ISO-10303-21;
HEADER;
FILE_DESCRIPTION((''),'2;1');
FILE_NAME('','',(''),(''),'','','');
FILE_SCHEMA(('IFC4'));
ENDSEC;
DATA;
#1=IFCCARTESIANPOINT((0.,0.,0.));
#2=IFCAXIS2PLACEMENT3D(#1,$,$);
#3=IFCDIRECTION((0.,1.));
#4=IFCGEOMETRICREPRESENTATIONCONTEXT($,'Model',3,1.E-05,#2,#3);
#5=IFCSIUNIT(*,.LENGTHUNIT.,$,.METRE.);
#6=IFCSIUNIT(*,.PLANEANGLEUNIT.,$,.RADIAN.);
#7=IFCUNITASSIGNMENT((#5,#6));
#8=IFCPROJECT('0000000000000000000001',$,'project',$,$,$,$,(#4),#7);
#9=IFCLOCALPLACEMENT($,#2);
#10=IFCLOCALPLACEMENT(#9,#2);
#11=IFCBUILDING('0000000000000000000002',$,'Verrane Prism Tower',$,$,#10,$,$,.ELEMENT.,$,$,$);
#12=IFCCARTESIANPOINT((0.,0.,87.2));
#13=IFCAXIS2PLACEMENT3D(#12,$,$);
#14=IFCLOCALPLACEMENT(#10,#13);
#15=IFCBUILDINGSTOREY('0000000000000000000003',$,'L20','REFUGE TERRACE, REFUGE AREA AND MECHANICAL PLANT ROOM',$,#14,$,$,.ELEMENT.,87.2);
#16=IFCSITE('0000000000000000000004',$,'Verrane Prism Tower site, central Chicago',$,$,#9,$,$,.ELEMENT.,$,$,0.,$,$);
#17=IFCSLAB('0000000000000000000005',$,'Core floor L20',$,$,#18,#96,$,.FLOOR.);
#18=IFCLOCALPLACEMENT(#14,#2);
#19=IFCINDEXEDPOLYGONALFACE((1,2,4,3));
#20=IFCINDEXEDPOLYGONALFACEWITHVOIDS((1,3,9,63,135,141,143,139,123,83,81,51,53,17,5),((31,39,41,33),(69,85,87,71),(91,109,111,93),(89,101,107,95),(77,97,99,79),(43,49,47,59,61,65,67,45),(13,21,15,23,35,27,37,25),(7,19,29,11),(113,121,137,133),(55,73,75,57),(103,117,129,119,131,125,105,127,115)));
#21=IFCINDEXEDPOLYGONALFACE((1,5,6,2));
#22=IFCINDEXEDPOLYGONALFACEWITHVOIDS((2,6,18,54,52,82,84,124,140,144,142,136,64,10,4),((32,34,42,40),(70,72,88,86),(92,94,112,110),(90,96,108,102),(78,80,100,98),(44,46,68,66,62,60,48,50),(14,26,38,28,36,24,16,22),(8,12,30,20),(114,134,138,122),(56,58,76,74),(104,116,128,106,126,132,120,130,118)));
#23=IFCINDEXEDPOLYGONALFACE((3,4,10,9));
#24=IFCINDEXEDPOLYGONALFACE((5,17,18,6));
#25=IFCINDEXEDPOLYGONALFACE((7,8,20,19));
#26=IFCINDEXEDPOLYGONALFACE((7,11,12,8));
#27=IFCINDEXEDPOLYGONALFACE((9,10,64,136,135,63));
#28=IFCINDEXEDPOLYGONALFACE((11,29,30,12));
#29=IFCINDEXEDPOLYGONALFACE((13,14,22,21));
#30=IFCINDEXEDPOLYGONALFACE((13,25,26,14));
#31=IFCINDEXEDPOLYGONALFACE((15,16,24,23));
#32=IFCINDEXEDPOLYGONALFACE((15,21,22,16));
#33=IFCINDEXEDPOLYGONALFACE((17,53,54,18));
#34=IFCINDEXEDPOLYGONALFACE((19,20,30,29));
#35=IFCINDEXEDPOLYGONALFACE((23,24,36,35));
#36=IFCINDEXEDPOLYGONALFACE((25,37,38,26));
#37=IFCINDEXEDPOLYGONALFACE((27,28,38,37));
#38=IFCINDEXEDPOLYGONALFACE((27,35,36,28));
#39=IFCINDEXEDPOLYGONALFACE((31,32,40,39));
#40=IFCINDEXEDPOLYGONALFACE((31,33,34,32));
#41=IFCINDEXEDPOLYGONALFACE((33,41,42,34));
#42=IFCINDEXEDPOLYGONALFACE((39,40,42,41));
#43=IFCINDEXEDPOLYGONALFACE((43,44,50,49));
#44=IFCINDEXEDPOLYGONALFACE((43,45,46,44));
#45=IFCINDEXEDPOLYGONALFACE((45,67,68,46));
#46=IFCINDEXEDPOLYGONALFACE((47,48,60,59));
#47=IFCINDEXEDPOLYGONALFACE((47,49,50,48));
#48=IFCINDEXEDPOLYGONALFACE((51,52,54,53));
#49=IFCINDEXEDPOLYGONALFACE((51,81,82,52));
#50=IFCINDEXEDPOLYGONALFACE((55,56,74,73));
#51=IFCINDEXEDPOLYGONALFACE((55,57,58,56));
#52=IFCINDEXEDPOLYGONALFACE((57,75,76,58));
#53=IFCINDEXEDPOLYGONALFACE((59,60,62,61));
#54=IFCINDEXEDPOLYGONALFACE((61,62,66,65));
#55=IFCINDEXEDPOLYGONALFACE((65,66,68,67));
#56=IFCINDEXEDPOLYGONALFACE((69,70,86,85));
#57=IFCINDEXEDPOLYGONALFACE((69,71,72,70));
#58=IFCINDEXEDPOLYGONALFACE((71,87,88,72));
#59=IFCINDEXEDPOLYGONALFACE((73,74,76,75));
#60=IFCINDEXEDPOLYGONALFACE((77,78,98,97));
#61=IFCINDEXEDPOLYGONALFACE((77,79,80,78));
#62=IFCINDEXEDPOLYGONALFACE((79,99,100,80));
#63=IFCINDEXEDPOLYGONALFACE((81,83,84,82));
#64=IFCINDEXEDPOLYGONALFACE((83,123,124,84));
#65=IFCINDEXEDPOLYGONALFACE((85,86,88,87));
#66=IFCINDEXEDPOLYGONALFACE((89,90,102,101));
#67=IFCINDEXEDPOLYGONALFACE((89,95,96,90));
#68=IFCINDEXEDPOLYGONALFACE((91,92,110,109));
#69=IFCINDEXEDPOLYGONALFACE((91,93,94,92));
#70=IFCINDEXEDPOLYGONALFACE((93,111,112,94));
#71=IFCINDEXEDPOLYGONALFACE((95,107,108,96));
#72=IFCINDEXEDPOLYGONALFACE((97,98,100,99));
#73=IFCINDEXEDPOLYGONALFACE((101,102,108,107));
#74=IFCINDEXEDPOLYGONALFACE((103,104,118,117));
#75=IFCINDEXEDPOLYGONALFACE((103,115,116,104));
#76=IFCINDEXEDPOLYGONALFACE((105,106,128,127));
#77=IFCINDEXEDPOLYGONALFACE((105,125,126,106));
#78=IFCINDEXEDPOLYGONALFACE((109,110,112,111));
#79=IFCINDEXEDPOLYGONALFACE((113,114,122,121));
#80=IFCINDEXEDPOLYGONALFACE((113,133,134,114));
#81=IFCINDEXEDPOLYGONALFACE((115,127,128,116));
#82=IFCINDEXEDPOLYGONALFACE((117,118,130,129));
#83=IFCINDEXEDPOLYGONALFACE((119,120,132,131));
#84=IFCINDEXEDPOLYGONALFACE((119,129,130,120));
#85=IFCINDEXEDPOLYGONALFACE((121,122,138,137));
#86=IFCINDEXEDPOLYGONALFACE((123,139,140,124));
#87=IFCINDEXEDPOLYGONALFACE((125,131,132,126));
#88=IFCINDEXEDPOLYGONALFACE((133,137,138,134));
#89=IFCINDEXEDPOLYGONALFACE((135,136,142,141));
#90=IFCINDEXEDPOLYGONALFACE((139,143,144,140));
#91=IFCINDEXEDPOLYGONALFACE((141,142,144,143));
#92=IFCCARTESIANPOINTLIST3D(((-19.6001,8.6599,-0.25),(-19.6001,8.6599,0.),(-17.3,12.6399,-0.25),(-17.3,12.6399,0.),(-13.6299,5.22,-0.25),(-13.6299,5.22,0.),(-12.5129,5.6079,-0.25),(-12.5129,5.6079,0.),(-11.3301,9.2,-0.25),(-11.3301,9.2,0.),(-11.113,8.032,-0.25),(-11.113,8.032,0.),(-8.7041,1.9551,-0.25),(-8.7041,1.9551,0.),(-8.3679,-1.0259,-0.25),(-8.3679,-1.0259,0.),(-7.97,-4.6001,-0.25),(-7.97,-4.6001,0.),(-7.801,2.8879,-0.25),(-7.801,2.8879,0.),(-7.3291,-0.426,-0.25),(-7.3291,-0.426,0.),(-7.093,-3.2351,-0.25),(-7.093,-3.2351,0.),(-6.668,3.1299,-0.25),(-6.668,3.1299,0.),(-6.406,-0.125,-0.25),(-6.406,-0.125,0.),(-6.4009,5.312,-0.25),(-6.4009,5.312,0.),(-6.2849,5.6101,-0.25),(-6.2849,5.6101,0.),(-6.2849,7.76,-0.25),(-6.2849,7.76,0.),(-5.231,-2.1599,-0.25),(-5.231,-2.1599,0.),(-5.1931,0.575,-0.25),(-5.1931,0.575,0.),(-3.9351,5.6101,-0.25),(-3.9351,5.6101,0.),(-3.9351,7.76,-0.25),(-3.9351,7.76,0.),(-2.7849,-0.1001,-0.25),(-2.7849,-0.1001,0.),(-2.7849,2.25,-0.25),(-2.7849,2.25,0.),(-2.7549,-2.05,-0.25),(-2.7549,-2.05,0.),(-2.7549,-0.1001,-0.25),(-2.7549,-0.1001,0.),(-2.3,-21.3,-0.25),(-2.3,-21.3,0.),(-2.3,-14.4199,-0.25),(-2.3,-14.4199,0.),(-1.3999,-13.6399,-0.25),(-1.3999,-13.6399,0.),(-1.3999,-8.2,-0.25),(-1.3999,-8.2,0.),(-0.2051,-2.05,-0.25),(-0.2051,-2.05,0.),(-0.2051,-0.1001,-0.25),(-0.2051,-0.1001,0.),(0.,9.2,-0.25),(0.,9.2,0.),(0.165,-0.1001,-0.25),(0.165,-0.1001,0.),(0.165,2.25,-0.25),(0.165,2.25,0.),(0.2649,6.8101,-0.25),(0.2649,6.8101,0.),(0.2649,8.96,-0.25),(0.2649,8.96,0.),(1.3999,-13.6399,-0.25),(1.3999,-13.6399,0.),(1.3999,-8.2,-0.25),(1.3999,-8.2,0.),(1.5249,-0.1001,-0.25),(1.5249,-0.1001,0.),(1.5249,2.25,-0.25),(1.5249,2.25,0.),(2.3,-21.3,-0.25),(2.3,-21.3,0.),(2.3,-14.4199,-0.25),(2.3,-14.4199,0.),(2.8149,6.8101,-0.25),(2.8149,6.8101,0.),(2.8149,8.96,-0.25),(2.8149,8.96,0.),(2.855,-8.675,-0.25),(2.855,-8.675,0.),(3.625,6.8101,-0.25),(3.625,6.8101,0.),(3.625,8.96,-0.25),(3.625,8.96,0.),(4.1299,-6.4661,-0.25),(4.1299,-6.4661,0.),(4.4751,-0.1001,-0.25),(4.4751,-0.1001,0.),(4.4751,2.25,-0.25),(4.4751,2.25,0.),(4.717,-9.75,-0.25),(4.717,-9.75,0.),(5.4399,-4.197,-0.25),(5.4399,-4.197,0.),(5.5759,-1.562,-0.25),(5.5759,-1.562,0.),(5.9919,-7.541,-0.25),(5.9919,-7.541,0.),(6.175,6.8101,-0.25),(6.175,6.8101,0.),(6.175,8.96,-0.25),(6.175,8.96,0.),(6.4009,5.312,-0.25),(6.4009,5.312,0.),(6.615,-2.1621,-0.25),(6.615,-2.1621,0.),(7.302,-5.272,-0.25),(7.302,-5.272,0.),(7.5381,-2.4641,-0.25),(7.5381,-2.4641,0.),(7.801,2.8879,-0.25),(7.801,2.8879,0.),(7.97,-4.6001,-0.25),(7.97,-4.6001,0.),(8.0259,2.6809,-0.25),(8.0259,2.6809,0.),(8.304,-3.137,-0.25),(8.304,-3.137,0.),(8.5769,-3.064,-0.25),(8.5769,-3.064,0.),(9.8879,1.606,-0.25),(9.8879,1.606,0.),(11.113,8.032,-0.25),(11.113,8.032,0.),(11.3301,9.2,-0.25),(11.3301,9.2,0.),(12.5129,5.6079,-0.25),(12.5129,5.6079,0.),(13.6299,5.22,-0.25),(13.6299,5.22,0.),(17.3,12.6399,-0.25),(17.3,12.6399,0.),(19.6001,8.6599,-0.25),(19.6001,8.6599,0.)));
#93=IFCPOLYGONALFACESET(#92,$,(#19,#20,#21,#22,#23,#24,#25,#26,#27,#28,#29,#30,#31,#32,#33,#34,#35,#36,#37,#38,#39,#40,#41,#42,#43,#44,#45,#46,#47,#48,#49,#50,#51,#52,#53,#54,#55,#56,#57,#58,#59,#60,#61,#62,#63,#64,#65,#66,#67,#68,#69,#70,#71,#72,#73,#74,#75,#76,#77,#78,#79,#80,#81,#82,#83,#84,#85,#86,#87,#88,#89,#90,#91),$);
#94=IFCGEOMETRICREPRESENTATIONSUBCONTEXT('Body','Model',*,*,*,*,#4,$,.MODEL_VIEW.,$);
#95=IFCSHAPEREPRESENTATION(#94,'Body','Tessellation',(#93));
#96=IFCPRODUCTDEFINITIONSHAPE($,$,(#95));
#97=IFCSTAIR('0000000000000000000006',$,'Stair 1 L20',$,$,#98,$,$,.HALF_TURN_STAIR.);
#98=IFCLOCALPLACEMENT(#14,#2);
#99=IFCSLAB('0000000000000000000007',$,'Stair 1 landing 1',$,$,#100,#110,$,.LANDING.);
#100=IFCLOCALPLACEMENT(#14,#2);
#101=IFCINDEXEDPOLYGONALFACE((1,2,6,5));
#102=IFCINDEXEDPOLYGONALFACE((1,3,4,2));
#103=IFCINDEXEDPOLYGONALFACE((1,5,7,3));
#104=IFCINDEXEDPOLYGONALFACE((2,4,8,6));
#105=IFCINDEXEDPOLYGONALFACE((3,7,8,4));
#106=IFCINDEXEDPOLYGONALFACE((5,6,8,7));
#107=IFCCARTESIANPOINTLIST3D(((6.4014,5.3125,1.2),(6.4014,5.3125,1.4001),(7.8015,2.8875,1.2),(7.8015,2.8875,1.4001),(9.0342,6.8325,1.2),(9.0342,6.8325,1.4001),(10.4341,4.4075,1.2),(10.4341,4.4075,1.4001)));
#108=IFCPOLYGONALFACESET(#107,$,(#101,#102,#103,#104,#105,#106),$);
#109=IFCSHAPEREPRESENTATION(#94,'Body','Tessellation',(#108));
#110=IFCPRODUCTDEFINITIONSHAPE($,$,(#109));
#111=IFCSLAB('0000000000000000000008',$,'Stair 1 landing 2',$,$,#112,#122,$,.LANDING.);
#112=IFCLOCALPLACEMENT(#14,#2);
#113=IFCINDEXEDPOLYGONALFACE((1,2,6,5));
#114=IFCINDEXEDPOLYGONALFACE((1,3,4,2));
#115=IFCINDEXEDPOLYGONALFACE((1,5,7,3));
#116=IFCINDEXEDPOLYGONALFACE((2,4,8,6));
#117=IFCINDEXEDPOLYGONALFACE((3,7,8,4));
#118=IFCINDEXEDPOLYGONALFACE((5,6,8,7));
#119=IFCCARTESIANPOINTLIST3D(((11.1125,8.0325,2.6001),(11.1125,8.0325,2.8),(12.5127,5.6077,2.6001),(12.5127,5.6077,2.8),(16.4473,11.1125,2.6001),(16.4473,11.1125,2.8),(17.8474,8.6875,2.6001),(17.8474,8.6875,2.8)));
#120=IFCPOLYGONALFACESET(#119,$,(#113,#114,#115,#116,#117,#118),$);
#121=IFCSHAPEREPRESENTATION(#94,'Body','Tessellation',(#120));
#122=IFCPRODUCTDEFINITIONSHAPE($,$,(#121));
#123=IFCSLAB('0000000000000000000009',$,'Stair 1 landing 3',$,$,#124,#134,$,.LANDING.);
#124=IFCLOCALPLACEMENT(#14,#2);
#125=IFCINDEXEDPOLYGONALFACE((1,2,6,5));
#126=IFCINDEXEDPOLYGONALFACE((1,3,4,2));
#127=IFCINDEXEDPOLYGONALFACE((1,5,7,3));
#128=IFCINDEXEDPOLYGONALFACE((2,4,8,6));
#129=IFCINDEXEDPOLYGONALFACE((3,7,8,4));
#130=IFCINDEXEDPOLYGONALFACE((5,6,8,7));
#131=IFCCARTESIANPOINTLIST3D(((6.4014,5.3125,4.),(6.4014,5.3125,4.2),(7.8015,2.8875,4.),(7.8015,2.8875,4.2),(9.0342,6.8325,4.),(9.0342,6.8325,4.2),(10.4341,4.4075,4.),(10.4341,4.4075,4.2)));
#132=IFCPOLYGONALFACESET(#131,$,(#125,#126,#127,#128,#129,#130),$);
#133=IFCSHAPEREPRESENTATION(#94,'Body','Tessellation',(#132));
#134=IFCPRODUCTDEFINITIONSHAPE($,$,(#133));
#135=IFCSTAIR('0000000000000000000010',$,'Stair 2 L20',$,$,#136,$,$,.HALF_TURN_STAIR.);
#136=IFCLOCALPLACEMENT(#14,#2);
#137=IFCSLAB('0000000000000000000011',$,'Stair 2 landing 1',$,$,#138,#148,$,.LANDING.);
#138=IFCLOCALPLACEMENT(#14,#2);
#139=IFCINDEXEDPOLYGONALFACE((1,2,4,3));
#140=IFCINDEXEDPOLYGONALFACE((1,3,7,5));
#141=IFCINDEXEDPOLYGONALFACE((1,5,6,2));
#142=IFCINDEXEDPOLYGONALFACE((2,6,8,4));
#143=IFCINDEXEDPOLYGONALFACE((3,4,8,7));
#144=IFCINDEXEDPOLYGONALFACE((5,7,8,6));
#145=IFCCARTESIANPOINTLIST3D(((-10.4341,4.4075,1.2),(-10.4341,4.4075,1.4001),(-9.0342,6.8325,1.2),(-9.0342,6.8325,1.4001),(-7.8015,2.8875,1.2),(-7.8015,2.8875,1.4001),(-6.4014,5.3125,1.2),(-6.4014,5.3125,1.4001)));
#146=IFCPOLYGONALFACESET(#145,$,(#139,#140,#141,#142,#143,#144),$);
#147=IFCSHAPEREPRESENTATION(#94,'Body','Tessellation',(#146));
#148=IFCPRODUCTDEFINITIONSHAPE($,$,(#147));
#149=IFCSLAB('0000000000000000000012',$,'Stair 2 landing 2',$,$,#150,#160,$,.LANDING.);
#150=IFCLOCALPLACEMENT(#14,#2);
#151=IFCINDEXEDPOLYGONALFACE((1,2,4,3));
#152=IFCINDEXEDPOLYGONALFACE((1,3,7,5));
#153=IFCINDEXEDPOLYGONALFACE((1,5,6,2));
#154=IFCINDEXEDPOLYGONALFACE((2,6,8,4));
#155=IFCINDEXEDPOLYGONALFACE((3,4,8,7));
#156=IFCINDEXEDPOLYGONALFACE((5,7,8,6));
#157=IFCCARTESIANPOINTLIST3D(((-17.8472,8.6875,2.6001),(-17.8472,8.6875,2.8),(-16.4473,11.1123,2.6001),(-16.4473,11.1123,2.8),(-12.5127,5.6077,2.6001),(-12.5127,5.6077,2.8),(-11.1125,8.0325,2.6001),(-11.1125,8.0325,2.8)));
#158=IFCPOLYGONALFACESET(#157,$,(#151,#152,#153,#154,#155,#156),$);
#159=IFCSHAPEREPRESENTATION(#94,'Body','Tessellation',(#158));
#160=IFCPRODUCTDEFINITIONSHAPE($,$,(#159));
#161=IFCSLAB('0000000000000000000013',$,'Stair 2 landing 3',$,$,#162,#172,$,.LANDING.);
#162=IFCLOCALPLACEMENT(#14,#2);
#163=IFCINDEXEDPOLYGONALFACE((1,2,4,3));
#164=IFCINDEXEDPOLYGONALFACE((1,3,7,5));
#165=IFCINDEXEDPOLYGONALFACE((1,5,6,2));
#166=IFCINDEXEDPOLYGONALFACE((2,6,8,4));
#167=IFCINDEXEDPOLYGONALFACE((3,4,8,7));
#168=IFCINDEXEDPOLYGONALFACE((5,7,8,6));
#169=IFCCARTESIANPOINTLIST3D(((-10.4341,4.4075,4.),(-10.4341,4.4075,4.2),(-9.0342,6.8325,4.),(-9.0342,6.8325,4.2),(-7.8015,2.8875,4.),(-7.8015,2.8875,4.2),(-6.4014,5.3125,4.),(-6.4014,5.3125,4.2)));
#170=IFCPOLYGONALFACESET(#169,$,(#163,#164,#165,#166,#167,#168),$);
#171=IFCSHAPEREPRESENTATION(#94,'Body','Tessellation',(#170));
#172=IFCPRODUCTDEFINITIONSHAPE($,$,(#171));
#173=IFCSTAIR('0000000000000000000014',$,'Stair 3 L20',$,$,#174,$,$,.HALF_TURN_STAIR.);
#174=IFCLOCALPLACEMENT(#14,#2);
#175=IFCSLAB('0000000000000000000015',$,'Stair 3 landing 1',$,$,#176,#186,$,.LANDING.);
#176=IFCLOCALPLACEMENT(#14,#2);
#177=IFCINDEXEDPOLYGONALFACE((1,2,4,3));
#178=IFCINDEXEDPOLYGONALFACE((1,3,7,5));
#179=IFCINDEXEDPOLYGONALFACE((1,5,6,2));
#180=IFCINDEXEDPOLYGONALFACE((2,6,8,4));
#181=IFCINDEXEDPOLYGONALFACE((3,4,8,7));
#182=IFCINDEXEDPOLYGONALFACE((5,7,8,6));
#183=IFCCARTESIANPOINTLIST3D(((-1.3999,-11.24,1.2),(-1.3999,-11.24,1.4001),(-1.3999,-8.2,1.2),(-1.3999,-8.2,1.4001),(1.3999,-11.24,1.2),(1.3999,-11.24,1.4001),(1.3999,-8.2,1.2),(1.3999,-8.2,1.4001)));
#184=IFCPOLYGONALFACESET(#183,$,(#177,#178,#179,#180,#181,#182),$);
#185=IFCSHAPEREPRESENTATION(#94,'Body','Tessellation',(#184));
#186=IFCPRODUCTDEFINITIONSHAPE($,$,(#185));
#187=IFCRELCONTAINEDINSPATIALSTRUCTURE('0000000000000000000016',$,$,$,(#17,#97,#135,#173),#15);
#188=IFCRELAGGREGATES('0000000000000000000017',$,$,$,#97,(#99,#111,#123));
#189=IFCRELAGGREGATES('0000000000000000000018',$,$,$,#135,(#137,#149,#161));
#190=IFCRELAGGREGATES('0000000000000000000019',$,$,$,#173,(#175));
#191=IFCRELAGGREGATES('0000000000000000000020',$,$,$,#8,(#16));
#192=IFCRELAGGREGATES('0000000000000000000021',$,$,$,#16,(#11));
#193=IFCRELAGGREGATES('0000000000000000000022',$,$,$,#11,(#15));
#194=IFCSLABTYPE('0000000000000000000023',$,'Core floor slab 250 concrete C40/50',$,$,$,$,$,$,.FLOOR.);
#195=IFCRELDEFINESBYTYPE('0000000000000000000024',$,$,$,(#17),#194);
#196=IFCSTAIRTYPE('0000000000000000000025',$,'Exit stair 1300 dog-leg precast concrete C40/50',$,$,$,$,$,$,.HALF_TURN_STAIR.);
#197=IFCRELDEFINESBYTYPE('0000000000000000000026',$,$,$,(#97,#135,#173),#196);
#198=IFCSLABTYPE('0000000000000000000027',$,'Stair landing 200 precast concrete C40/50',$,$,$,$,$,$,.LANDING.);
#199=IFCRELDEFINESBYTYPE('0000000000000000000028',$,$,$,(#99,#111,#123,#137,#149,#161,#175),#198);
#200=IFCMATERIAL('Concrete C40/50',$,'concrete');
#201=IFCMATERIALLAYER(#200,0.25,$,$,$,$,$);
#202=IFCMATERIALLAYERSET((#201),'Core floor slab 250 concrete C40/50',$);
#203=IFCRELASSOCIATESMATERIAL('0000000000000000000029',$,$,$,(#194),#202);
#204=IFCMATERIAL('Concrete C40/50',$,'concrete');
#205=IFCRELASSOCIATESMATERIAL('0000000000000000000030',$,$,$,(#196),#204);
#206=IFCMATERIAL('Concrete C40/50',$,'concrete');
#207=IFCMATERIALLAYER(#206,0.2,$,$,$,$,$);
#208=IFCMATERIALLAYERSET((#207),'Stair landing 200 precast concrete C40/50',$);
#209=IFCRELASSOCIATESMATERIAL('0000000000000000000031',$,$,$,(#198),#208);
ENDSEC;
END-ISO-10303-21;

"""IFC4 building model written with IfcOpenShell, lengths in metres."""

from ifc_helpers import new_model, si_unit, direction, frame, origin, place, context, subcontext, project, spatial, polyline, outline, extrude, material, layer, layer_set, type_object, element, aggregate, save


model = new_model("IFC4")

# Units and contexts
model_context = context("Model", 3, precision=1e-05, world=origin(), true_north=direction((0.0, 1.0)))
body_context = subcontext(model_context, "Body", "Model", "MODEL_VIEW")
ifc_project = project(units=[si_unit("LENGTHUNIT", "METRE"), si_unit("PLANEANGLEUNIT", "RADIAN")], contexts=[model_context])

# Site, building, storey
site_placement = place(None, origin())
site = spatial("IfcSite", under=ifc_project, at=site_placement, Name="Verrane Prism Tower site, central Chicago", CompositionType="ELEMENT", RefElevation=0.0)
building_placement = place(site_placement, origin())
building = spatial("IfcBuilding", under=site, at=building_placement, Name="Verrane Prism Tower", CompositionType="ELEMENT")
storey_placement = place(building_placement, frame((0.0, 0.0, 87.2)))
storey = spatial("IfcBuildingStorey", under=building, at=storey_placement, Name="L20", Description="REFUGE TERRACE, REFUGE AREA AND MECHANICAL PLANT ROOM", CompositionType="ELEMENT", Elevation=87.2)

# Slab
ifc_material_1 = material(Name="Concrete C40/50", Category="concrete")
ifc_layer_1 = layer(ifc_material_1, 0.25)
ifc_layer_set_1 = layer_set([ifc_layer_1], Name="Core floor slab 250 concrete C40/50")
slab_type_1 = type_object("IfcSlabType", Name="Core floor slab 250 concrete C40/50", PredefinedType="FLOOR", material=ifc_layer_set_1)
slab_1_placement = place(storey_placement, frame((0.0, 0.0, -0.25)))
element("IfcSlab", 1, at=slab_1_placement, inside=storey, type_object=slab_type_1, Name="Core floor L20", PredefinedType="FLOOR", context=body_context, shape_type="SweptSolid", body=[
    extrude(outline(polyline([(13.6299, 5.22), (19.6001, 8.6599), (17.3, 12.6399), (11.3301, 9.2), (0.0, 9.2), (-11.3301, 9.2), (-17.3, 12.6399), (-19.6001, 8.6599), (-13.6299, 5.22), (-7.97, -4.6001), (-2.3, -14.4199), (-2.3, -21.3), (2.3, -21.3), (2.3, -14.4199), (7.97, -4.6001), (13.6299, 5.22)]), holes=[polyline([(1.3999, -8.2), (1.3999, -13.6399), (-1.3999, -13.6399), (-1.3999, -8.2), (1.3999, -8.2)]), polyline([(0.165, 2.25), (0.165, -0.1001), (-0.2051, -0.1001), (-0.2051, -2.05), (-2.7549, -2.05), (-2.7549, -0.1001), (-2.7849, -0.1001), (-2.7849, 2.25), (0.165, 2.25)]), polyline([(-7.801, 2.8879), (-12.5129, 5.6079), (-11.113, 8.032), (-6.4009, 5.312), (-7.801, 2.8879)]), polyline([(-6.2849, 5.6101), (-6.2849, 7.76), (-3.9351, 7.76), (-3.9351, 5.6101), (-6.2849, 5.6101)]), polyline([(2.8149, 6.8101), (0.2649, 6.8101), (0.2649, 8.96), (2.8149, 8.96), (2.8149, 6.8101)]), polyline([(4.717, -9.75), (2.855, -8.675), (4.1299, -6.4661), (5.9919, -7.541), (4.717, -9.75)]), polyline([(8.304, -3.137), (5.5759, -1.562), (8.0259, 2.6809), (9.8879, 1.606), (7.5381, -2.4641), (8.5769, -3.064), (7.302, -5.272), (5.4399, -4.197), (6.615, -2.1621), (8.304, -3.137)]), polyline([(1.5249, -0.1001), (1.5249, 2.25), (4.4751, 2.25), (4.4751, -0.1001), (1.5249, -0.1001)]), polyline([(11.113, 8.032), (12.5129, 5.6079), (7.801, 2.8879), (6.4009, 5.312), (11.113, 8.032)]), polyline([(3.625, 6.8101), (3.625, 8.96), (6.175, 8.96), (6.175, 6.8101), (3.625, 6.8101)]), polyline([(-5.231, -2.1599), (-7.093, -3.2351), (-8.3679, -1.0259), (-7.3291, -0.426), (-8.7041, 1.9551), (-6.668, 3.1299), (-5.1931, 0.575), (-6.406, -0.125), (-5.231, -2.1599)])]), origin(), (0.0, 0.0, 1.0), 0.25),
])

# Stairs, slabs
ifc_material_2 = material(Name="Concrete C40/50", Category="concrete")
stair_type = type_object("IfcStairType", Name="Exit stair 1300 dog-leg precast concrete C40/50", PredefinedType="HALF_TURN_STAIR", material=ifc_material_2)
stair_1_placement = place(storey_placement, origin())
stair_1 = element("IfcStair", 2, at=stair_1_placement, inside=storey, type_object=stair_type, Name="Stair 1 L20", PredefinedType="HALF_TURN_STAIR")
ifc_material_3 = material(Name="Concrete C40/50", Category="concrete")
ifc_layer_2 = layer(ifc_material_3, 0.2)
ifc_layer_set_2 = layer_set([ifc_layer_2], Name="Stair landing 200 precast concrete C40/50")
slab_type_2 = type_object("IfcSlabType", Name="Stair landing 200 precast concrete C40/50", PredefinedType="LANDING", material=ifc_layer_set_2)
slab_2_placement = place(storey_placement, frame((0.0, 0.0, 1.2)))
slab_2 = element("IfcSlab", 3, at=slab_2_placement, type_object=slab_type_2, Name="Stair 1 landing 1", PredefinedType="LANDING", context=body_context, shape_type="SweptSolid", body=[
    extrude(outline(polyline([(9.0342, 6.8325), (6.4014, 5.3125), (7.8015, 2.8875), (10.4341, 4.4075), (9.0342, 6.8325)])), origin(), (0.0, 0.0, 1.0), 0.2002),
])
slab_3_placement = place(storey_placement, frame((0.0, 0.0, 2.6001)))
slab_3 = element("IfcSlab", 4, at=slab_3_placement, type_object=slab_type_2, Name="Stair 1 landing 2", PredefinedType="LANDING", context=body_context, shape_type="SweptSolid", body=[
    extrude(outline(polyline([(16.4473, 11.1125), (11.1125, 8.0325), (12.5127, 5.6077), (17.8474, 8.6875), (16.4473, 11.1125)])), origin(), (0.0, 0.0, 1.0), 0.2),
])
slab_4_placement = place(storey_placement, frame((0.0, 0.0, 4.0)))
slab_4 = element("IfcSlab", 5, at=slab_4_placement, type_object=slab_type_2, Name="Stair 1 landing 3", PredefinedType="LANDING", context=body_context, shape_type="SweptSolid", body=[
    extrude(outline(polyline([(9.0342, 6.8325), (6.4014, 5.3125), (7.8015, 2.8875), (10.4341, 4.4075), (9.0342, 6.8325)])), origin(), (0.0, 0.0, 1.0), 0.2),
])
aggregate(stair_1, [slab_2, slab_3, slab_4])
stair_2_placement = place(storey_placement, origin())
stair_2 = element("IfcStair", 6, at=stair_2_placement, inside=storey, type_object=stair_type, Name="Stair 2 L20", PredefinedType="HALF_TURN_STAIR")
slab_5_placement = place(storey_placement, frame((0.0, 0.0, 1.2)))
slab_5 = element("IfcSlab", 7, at=slab_5_placement, type_object=slab_type_2, Name="Stair 2 landing 1", PredefinedType="LANDING", context=body_context, shape_type="SweptSolid", body=[
    extrude(outline(polyline([(-10.4341, 4.4075), (-7.8015, 2.8875), (-6.4014, 5.3125), (-9.0342, 6.8325), (-10.4341, 4.4075)])), origin(), (0.0, 0.0, 1.0), 0.2002),
])
slab_6_placement = place(storey_placement, frame((0.0, 0.0, 2.6001)))
slab_6 = element("IfcSlab", 8, at=slab_6_placement, type_object=slab_type_2, Name="Stair 2 landing 2", PredefinedType="LANDING", context=body_context, shape_type="SweptSolid", body=[
    extrude(outline(polyline([(-17.8472, 8.6875), (-12.5127, 5.6077), (-11.1125, 8.0325), (-16.4473, 11.1123), (-17.8472, 8.6875)])), origin(), (0.0, 0.0, 1.0), 0.2),
])
slab_7_placement = place(storey_placement, frame((0.0, 0.0, 4.0)))
slab_7 = element("IfcSlab", 9, at=slab_7_placement, type_object=slab_type_2, Name="Stair 2 landing 3", PredefinedType="LANDING", context=body_context, shape_type="SweptSolid", body=[
    extrude(outline(polyline([(-10.4341, 4.4075), (-7.8015, 2.8875), (-6.4014, 5.3125), (-9.0342, 6.8325), (-10.4341, 4.4075)])), origin(), (0.0, 0.0, 1.0), 0.2),
])
aggregate(stair_2, [slab_5, slab_6, slab_7])
stair_3_placement = place(storey_placement, origin())
stair_3 = element("IfcStair", 10, at=stair_3_placement, inside=storey, type_object=stair_type, Name="Stair 3 L20", PredefinedType="HALF_TURN_STAIR")
slab_8_placement = place(storey_placement, frame((0.0, 0.0, 1.2)))
slab_8 = element("IfcSlab", 11, at=slab_8_placement, type_object=slab_type_2, Name="Stair 3 landing 1", PredefinedType="LANDING", context=body_context, shape_type="SweptSolid", body=[
    extrude(outline(polyline([(1.3999, -11.24), (1.3999, -8.2), (-1.3999, -8.2), (-1.3999, -11.24), (1.3999, -11.24)])), origin(), (0.0, 0.0, 1.0), 0.2002),
])
aggregate(stair_3, [slab_8])

save(model, "model.ifc")
